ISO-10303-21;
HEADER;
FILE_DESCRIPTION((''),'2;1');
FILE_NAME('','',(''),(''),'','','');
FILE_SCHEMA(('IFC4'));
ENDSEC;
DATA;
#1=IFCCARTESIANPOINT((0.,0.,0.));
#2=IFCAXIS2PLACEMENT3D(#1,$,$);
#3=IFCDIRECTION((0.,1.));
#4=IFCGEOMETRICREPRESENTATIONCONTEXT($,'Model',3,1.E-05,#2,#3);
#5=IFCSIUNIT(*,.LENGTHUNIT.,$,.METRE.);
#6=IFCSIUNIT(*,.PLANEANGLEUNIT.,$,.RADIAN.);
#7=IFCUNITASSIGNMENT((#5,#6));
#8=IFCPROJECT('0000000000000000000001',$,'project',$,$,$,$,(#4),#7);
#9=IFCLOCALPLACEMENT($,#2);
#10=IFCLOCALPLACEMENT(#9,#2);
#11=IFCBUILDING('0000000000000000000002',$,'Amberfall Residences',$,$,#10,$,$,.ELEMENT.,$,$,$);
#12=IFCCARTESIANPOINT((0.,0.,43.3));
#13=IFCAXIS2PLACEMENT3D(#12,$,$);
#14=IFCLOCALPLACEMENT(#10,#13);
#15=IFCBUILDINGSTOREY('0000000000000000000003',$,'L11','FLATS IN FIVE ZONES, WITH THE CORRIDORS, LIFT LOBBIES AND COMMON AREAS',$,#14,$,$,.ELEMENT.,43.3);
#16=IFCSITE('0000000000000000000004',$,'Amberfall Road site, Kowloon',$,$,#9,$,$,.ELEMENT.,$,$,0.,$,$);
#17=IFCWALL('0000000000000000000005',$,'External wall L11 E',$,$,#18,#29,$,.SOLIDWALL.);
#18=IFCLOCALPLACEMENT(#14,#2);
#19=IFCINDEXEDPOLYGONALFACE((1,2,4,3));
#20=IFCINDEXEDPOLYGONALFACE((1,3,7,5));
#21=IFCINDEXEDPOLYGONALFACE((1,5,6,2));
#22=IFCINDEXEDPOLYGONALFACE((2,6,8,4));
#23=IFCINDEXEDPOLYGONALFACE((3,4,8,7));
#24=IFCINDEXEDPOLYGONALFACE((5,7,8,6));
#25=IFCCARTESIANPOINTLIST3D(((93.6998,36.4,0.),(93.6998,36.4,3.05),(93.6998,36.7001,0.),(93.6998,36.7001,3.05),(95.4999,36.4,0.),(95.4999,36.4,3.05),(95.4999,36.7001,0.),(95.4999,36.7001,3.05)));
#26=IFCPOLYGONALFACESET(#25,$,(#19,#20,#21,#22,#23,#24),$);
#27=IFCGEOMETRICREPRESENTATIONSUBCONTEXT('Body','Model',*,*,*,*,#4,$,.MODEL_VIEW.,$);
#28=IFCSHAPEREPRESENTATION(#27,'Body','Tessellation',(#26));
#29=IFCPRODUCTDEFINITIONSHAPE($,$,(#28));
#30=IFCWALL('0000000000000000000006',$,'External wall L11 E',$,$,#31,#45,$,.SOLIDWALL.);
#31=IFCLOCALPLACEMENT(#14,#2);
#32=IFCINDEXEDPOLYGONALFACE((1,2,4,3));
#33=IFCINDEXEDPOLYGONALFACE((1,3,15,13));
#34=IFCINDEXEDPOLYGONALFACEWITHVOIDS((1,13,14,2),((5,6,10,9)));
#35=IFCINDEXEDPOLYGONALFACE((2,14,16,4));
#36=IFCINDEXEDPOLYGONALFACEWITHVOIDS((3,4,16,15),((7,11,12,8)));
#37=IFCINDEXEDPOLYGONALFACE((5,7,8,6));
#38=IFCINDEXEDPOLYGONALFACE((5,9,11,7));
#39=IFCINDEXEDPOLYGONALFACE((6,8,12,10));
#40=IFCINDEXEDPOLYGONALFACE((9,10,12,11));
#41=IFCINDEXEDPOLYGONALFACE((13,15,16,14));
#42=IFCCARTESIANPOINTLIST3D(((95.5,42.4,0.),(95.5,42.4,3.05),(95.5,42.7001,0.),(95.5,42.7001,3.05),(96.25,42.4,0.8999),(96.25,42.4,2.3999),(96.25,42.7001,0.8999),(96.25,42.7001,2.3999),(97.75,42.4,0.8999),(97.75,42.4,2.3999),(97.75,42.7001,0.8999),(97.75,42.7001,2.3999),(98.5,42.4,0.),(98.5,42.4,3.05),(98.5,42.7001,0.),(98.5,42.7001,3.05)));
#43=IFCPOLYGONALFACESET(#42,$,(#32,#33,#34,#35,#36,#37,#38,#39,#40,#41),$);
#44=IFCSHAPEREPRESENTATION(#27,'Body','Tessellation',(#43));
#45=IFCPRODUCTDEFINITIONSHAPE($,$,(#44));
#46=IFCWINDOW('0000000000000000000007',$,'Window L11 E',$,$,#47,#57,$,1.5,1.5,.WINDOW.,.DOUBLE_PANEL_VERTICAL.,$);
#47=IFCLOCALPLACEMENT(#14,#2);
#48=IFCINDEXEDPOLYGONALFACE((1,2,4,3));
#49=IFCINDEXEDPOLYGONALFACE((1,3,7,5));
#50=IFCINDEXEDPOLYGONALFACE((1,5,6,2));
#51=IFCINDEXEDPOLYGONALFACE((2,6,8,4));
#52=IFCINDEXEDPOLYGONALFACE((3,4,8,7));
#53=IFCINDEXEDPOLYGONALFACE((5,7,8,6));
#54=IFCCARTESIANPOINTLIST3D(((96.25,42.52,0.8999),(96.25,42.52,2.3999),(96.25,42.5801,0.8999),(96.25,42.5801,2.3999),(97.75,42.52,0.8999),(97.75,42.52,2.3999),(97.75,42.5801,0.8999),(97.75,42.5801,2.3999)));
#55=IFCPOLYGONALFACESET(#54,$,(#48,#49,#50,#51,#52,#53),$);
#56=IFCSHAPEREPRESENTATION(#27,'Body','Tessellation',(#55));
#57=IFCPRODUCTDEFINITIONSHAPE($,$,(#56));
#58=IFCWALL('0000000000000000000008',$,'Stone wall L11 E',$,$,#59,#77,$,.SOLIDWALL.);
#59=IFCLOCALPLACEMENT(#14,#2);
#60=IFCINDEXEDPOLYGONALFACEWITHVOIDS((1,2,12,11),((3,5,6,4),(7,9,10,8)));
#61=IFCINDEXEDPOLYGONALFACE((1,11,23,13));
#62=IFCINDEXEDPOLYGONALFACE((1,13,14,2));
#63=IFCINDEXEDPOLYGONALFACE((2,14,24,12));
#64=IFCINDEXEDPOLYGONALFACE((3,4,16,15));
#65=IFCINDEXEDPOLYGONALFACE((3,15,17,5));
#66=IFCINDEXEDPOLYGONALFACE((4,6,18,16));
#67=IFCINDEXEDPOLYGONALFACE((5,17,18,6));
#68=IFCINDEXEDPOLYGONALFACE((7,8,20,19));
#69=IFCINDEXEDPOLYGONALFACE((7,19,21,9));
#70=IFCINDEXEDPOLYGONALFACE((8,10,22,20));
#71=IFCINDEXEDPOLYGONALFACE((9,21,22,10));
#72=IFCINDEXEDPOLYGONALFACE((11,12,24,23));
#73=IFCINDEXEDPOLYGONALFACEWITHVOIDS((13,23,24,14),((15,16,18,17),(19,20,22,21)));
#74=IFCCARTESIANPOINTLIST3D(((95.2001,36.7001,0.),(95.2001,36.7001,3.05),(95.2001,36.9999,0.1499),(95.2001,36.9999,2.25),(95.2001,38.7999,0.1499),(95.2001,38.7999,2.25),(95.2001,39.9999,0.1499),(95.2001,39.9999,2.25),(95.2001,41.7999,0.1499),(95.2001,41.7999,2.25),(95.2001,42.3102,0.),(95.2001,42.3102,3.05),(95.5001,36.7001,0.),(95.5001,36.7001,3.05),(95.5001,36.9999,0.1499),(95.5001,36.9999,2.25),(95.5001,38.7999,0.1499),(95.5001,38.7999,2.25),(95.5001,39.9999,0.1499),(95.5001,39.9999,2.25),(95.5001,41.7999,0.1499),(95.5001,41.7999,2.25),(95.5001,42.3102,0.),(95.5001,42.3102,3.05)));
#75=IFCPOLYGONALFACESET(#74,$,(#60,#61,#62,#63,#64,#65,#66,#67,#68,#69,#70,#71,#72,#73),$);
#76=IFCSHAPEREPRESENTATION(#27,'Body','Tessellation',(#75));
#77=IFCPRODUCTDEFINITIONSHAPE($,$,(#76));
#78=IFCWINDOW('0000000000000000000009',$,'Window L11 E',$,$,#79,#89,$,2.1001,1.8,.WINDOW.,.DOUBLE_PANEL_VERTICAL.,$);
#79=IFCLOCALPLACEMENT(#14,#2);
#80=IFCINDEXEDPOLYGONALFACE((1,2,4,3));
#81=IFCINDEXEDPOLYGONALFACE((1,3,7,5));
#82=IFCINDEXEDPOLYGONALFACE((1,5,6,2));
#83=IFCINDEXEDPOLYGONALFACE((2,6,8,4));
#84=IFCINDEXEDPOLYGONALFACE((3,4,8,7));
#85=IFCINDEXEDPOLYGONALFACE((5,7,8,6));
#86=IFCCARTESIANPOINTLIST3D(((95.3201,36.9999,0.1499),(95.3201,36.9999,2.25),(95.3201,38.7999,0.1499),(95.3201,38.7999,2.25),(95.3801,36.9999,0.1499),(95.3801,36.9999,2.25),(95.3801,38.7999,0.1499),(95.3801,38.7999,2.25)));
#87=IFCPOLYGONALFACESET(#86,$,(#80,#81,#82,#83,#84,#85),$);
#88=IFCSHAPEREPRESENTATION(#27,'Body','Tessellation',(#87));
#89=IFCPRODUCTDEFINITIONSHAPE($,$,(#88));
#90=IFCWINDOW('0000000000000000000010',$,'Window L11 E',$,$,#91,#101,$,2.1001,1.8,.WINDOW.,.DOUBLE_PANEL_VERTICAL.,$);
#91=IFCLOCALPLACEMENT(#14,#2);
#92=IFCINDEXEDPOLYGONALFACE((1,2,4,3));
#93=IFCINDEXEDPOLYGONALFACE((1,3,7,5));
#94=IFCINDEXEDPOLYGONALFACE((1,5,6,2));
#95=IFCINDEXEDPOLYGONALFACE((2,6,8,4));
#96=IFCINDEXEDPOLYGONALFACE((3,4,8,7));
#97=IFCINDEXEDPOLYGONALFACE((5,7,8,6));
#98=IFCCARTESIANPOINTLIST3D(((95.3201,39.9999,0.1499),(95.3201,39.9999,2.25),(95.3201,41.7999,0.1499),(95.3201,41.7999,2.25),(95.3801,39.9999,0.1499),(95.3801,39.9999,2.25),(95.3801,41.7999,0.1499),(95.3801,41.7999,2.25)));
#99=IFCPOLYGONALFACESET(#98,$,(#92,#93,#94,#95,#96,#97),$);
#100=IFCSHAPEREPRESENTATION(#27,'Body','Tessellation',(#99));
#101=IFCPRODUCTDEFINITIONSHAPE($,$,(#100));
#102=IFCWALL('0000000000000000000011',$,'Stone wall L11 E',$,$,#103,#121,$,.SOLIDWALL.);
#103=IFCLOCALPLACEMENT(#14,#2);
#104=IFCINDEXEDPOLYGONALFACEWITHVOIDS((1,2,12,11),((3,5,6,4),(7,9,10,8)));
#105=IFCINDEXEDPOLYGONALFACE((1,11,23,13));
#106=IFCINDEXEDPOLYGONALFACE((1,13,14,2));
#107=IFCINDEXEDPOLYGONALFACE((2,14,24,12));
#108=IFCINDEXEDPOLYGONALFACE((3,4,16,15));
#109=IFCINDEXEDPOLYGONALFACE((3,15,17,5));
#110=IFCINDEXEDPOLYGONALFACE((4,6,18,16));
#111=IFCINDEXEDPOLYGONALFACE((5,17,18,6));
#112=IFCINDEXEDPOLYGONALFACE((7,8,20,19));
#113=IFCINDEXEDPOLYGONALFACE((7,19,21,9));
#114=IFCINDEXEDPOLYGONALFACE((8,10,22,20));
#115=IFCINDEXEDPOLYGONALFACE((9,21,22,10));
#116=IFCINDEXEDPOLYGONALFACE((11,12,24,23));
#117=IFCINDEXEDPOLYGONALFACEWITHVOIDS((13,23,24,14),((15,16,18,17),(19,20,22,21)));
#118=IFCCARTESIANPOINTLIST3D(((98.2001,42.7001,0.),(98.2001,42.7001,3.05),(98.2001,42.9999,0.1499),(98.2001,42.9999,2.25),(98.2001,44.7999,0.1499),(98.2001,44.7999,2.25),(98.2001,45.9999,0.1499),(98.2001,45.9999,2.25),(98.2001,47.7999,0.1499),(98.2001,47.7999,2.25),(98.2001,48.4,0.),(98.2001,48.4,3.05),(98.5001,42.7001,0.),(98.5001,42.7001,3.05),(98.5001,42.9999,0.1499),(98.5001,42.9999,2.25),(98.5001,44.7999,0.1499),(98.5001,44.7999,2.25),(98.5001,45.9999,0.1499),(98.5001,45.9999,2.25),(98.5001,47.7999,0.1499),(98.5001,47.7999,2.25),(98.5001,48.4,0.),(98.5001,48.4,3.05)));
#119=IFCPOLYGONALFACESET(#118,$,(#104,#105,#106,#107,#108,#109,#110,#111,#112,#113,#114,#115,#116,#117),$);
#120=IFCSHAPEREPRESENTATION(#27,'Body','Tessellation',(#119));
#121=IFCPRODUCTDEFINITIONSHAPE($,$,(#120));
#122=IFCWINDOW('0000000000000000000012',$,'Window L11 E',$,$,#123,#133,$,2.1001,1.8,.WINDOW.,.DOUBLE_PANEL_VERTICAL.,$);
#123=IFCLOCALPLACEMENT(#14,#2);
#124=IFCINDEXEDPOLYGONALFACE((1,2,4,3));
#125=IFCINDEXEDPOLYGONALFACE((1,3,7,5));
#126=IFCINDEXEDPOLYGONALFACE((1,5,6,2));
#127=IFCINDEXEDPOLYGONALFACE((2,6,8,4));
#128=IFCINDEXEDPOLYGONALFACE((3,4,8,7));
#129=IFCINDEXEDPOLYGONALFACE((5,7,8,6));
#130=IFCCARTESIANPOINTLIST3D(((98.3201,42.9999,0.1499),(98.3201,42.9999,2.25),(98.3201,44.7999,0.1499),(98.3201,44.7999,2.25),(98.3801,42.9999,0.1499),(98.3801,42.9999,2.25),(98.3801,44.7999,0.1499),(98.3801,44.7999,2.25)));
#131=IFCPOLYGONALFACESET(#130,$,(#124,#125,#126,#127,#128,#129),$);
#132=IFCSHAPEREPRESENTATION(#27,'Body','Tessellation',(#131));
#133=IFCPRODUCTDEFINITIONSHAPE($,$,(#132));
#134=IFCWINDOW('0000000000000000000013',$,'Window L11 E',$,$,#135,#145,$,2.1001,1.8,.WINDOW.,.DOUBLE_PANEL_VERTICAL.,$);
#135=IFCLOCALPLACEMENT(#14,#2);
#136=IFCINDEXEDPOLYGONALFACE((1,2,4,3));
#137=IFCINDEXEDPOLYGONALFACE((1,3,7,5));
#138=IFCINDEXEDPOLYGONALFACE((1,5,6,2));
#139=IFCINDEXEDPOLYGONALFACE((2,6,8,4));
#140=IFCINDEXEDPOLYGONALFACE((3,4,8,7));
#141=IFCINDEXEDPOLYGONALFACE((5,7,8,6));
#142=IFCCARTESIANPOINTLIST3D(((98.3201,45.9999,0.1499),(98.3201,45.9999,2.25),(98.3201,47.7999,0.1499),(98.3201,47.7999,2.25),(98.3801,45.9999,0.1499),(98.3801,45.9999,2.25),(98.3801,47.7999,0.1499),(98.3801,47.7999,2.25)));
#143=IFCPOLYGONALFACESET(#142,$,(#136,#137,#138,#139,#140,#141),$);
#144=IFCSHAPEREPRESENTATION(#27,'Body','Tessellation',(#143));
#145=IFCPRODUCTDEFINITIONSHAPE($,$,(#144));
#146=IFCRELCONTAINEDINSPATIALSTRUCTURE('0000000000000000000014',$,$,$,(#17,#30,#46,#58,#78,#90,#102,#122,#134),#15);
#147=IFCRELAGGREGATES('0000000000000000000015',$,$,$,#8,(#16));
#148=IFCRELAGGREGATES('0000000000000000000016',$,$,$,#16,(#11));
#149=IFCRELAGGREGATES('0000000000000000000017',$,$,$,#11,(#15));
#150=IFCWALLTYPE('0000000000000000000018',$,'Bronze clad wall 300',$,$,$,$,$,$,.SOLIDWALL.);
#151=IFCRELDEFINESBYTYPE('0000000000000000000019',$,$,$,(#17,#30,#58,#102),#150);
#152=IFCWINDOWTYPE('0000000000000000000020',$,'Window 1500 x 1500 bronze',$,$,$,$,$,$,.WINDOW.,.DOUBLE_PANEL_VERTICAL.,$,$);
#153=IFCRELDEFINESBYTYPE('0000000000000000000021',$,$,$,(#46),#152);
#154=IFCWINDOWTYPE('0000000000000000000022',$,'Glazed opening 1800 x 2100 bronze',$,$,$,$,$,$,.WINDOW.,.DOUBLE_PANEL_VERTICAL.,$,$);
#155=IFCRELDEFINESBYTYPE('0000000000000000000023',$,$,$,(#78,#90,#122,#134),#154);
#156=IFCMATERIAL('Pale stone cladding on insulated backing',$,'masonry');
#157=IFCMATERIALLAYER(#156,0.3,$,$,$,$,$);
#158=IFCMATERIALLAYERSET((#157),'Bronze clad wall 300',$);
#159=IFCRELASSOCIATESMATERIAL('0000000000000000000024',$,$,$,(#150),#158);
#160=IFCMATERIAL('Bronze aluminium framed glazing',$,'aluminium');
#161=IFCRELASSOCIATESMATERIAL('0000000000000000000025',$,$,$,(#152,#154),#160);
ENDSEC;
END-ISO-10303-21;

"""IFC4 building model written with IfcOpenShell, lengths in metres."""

from ifc_helpers import new_model, si_unit, direction, frame, frame_2d, origin, place, context, subcontext, project, spatial, rectangle, extrude, material, layer, layer_set, type_object, element, fill, save


model = new_model("IFC4")

# Units and contexts
model_context = context("Model", 3, precision=1e-05, world=origin(), true_north=direction((0.0, 1.0)))
body_context = subcontext(model_context, "Body", "Model", "MODEL_VIEW")
ifc_project = project(units=[si_unit("LENGTHUNIT", "METRE"), si_unit("PLANEANGLEUNIT", "RADIAN")], contexts=[model_context])

# Site, building, storey
site_placement = place(None, origin())
site = spatial("IfcSite", under=ifc_project, at=site_placement, Name="Amberfall Road site, Kowloon", CompositionType="ELEMENT", RefElevation=0.0)
building_placement = place(site_placement, origin())
building = spatial("IfcBuilding", under=site, at=building_placement, Name="Amberfall Residences", CompositionType="ELEMENT")
storey_placement = place(building_placement, frame((0.0, 0.0, 43.3)))
storey = spatial("IfcBuildingStorey", under=building, at=storey_placement, Name="L11", Description="FLATS IN FIVE ZONES, WITH THE CORRIDORS, LIFT LOBBIES AND COMMON AREAS", CompositionType="ELEMENT", Elevation=43.3)

# Wall
ifc_material_1 = material(Name="Pale stone cladding on insulated backing", Category="masonry")
ifc_layer_1 = layer(ifc_material_1, 0.3)
ifc_layer_set_1 = layer_set([ifc_layer_1], Name="Bronze clad wall 300")
wall_type_1 = type_object("IfcWallType", Name="Bronze clad wall 300", PredefinedType="SOLIDWALL", material=ifc_layer_set_1)
wall_1_placement = place(storey_placement, frame((93.7, 36.55, 0.0), z_axis=(0.0, 0.0, 1.0), x_axis=(1.0, 0.0, 0.0)))
element("IfcWall", 1, at=wall_1_placement, inside=storey, type_object=wall_type_1, Name="External wall L11 E", PredefinedType="SOLIDWALL", context=body_context, shape_type="SweptSolid", body=[
    extrude(rectangle(XDim=1.8, YDim=0.3, at=frame_2d((0.8999, 0.0))), origin(), (0.0, 0.0, 1.0), 3.05),
])

# Wall, opening, window
wall_2_placement = place(storey_placement, frame((95.5, 42.55, 0.0), z_axis=(0.0, 0.0, 1.0), x_axis=(1.0, 0.0, 0.0)))
wall_2 = element("IfcWall", 2, at=wall_2_placement, inside=storey, type_object=wall_type_1, Name="External wall L11 E", PredefinedType="SOLIDWALL", context=body_context, shape_type="SweptSolid", body=[
    extrude(rectangle(XDim=3.0, YDim=0.3, at=frame_2d((1.5, 0.0))), origin(), (0.0, 0.0, 1.0), 3.05),
])
opening_1_placement = place(wall_2_placement, frame((0.75, 0.0, 0.8999)))
opening_1 = element("IfcOpeningElement", 3, at=opening_1_placement, cuts=wall_2, PredefinedType="OPENING", context=body_context, shape_type="SweptSolid", body=[
    extrude(rectangle(XDim=1.5, YDim=1.5, at=frame_2d((0.75, 0.75))), frame((0.0, 0.1599, 0.0), z_axis=(0.0, -1.0, 0.0), x_axis=(1.0, 0.0, 0.0)), (0.0, 0.0, 1.0), 0.3201),
])
ifc_material_2 = material(Name="Bronze aluminium framed glazing", Category="aluminium")
window_type_1 = type_object("IfcWindowType", Name="Window 1500 x 1500 bronze", PartitioningType="DOUBLE_PANEL_VERTICAL", PredefinedType="WINDOW", material=ifc_material_2)
window_1_placement = place(opening_1_placement, origin())
window_1 = element("IfcWindow", 4, at=window_1_placement, inside=storey, type_object=window_type_1, Name="Window L11 E", OverallHeight=1.5, OverallWidth=1.5, PartitioningType="DOUBLE_PANEL_VERTICAL", PredefinedType="WINDOW", context=body_context, shape_type="SweptSolid", body=[
    extrude(rectangle(XDim=1.5, YDim=1.5, at=frame_2d((0.75, 0.75))), frame((0.0, 0.03, 0.0), z_axis=(0.0, -1.0, 0.0), x_axis=(1.0, 0.0, 0.0)), (0.0, 0.0, 1.0), 0.0601),
])
fill(opening_1, window_1)

# Walls, openings, windows
wall_3_placement = place(storey_placement, frame((95.3501, 36.7, 0.0), z_axis=(0.0, 0.0, 1.0), x_axis=(0.0, 1.0, 0.0)))
wall_3 = element("IfcWall", 5, at=wall_3_placement, inside=storey, type_object=wall_type_1, Name="Stone wall L11 E", PredefinedType="SOLIDWALL", context=body_context, shape_type="SweptSolid", body=[
    extrude(rectangle(XDim=5.6101, YDim=0.3, at=frame_2d((2.8052, 0.0))), origin(), (0.0, 0.0, 1.0), 3.05),
])
opening_2_placement = place(wall_3_placement, frame((0.3, 0.0, 0.1499)))
opening_2 = element("IfcOpeningElement", 6, at=opening_2_placement, cuts=wall_3, PredefinedType="OPENING", context=body_context, shape_type="SweptSolid", body=[
    extrude(rectangle(XDim=1.8, YDim=2.1001, at=frame_2d((0.8999, 1.05))), frame((0.0, 0.1599, 0.0), z_axis=(0.0, -1.0, 0.0), x_axis=(1.0, 0.0, 0.0)), (0.0, 0.0, 1.0), 0.3201),
])
opening_3_placement = place(wall_3_placement, frame((3.3, 0.0, 0.1499)))
opening_3 = element("IfcOpeningElement", 7, at=opening_3_placement, cuts=wall_3, PredefinedType="OPENING", context=body_context, shape_type="SweptSolid", body=[
    extrude(rectangle(XDim=1.8, YDim=2.1001, at=frame_2d((0.8999, 1.05))), frame((0.0, 0.1599, 0.0), z_axis=(0.0, -1.0, 0.0), x_axis=(1.0, 0.0, 0.0)), (0.0, 0.0, 1.0), 0.3201),
])
window_type_2 = type_object("IfcWindowType", Name="Glazed opening 1800 x 2100 bronze", PartitioningType="DOUBLE_PANEL_VERTICAL", PredefinedType="WINDOW", material=ifc_material_2)
window_2_placement = place(opening_2_placement, origin())
window_2 = element("IfcWindow", 8, at=window_2_placement, inside=storey, type_object=window_type_2, Name="Window L11 E", OverallHeight=2.1001, OverallWidth=1.8, PartitioningType="DOUBLE_PANEL_VERTICAL", PredefinedType="WINDOW", context=body_context, shape_type="SweptSolid", body=[
    extrude(rectangle(XDim=1.8, YDim=2.1001, at=frame_2d((0.8999, 1.05))), frame((0.0, 0.03, 0.0), z_axis=(0.0, -1.0, 0.0), x_axis=(1.0, 0.0, 0.0)), (0.0, 0.0, 1.0), 0.0601),
])
fill(opening_2, window_2)
window_3_placement = place(opening_3_placement, origin())
window_3 = element("IfcWindow", 9, at=window_3_placement, inside=storey, type_object=window_type_2, Name="Window L11 E", OverallHeight=2.1001, OverallWidth=1.8, PartitioningType="DOUBLE_PANEL_VERTICAL", PredefinedType="WINDOW", context=body_context, shape_type="SweptSolid", body=[
    extrude(rectangle(XDim=1.8, YDim=2.1001, at=frame_2d((0.8999, 1.05))), frame((0.0, 0.03, 0.0), z_axis=(0.0, -1.0, 0.0), x_axis=(1.0, 0.0, 0.0)), (0.0, 0.0, 1.0), 0.0601),
])
fill(opening_3, window_3)
wall_4_placement = place(storey_placement, frame((98.3501, 42.7, 0.0), z_axis=(0.0, 0.0, 1.0), x_axis=(0.0, 1.0, 0.0)))
wall_4 = element("IfcWall", 10, at=wall_4_placement, inside=storey, type_object=wall_type_1, Name="Stone wall L11 E", PredefinedType="SOLIDWALL", context=body_context, shape_type="SweptSolid", body=[
    extrude(rectangle(XDim=5.7, YDim=0.3, at=frame_2d((2.8501, 0.0))), origin(), (0.0, 0.0, 1.0), 3.05),
])
opening_4_placement = place(wall_4_placement, frame((0.3, 0.0, 0.1499)))
opening_4 = element("IfcOpeningElement", 11, at=opening_4_placement, cuts=wall_4, PredefinedType="OPENING", context=body_context, shape_type="SweptSolid", body=[
    extrude(rectangle(XDim=1.8, YDim=2.1001, at=frame_2d((0.8999, 1.05))), frame((0.0, 0.1599, 0.0), z_axis=(0.0, -1.0, 0.0), x_axis=(1.0, 0.0, 0.0)), (0.0, 0.0, 1.0), 0.3201),
])
opening_5_placement = place(wall_4_placement, frame((3.3, 0.0, 0.1499)))
opening_5 = element("IfcOpeningElement", 12, at=opening_5_placement, cuts=wall_4, PredefinedType="OPENING", context=body_context, shape_type="SweptSolid", body=[
    extrude(rectangle(XDim=1.8, YDim=2.1001, at=frame_2d((0.8999, 1.05))), frame((0.0, 0.1599, 0.0), z_axis=(0.0, -1.0, 0.0), x_axis=(1.0, 0.0, 0.0)), (0.0, 0.0, 1.0), 0.3201),
])
window_4_placement = place(opening_4_placement, origin())
window_4 = element("IfcWindow", 13, at=window_4_placement, inside=storey, type_object=window_type_2, Name="Window L11 E", OverallHeight=2.1001, OverallWidth=1.8, PartitioningType="DOUBLE_PANEL_VERTICAL", PredefinedType="WINDOW", context=body_context, shape_type="SweptSolid", body=[
    extrude(rectangle(XDim=1.8, YDim=2.1001, at=frame_2d((0.8999, 1.05))), frame((0.0, 0.03, 0.0), z_axis=(0.0, -1.0, 0.0), x_axis=(1.0, 0.0, 0.0)), (0.0, 0.0, 1.0), 0.0601),
])
fill(opening_4, window_4)
window_5_placement = place(opening_5_placement, origin())
window_5 = element("IfcWindow", 14, at=window_5_placement, inside=storey, type_object=window_type_2, Name="Window L11 E", OverallHeight=2.1001, OverallWidth=1.8, PartitioningType="DOUBLE_PANEL_VERTICAL", PredefinedType="WINDOW", context=body_context, shape_type="SweptSolid", body=[
    extrude(rectangle(XDim=1.8, YDim=2.1001, at=frame_2d((0.8999, 1.05))), frame((0.0, 0.03, 0.0), z_axis=(0.0, -1.0, 0.0), x_axis=(1.0, 0.0, 0.0)), (0.0, 0.0, 1.0), 0.0601),
])
fill(opening_5, window_5)

save(model, "model.ifc")
